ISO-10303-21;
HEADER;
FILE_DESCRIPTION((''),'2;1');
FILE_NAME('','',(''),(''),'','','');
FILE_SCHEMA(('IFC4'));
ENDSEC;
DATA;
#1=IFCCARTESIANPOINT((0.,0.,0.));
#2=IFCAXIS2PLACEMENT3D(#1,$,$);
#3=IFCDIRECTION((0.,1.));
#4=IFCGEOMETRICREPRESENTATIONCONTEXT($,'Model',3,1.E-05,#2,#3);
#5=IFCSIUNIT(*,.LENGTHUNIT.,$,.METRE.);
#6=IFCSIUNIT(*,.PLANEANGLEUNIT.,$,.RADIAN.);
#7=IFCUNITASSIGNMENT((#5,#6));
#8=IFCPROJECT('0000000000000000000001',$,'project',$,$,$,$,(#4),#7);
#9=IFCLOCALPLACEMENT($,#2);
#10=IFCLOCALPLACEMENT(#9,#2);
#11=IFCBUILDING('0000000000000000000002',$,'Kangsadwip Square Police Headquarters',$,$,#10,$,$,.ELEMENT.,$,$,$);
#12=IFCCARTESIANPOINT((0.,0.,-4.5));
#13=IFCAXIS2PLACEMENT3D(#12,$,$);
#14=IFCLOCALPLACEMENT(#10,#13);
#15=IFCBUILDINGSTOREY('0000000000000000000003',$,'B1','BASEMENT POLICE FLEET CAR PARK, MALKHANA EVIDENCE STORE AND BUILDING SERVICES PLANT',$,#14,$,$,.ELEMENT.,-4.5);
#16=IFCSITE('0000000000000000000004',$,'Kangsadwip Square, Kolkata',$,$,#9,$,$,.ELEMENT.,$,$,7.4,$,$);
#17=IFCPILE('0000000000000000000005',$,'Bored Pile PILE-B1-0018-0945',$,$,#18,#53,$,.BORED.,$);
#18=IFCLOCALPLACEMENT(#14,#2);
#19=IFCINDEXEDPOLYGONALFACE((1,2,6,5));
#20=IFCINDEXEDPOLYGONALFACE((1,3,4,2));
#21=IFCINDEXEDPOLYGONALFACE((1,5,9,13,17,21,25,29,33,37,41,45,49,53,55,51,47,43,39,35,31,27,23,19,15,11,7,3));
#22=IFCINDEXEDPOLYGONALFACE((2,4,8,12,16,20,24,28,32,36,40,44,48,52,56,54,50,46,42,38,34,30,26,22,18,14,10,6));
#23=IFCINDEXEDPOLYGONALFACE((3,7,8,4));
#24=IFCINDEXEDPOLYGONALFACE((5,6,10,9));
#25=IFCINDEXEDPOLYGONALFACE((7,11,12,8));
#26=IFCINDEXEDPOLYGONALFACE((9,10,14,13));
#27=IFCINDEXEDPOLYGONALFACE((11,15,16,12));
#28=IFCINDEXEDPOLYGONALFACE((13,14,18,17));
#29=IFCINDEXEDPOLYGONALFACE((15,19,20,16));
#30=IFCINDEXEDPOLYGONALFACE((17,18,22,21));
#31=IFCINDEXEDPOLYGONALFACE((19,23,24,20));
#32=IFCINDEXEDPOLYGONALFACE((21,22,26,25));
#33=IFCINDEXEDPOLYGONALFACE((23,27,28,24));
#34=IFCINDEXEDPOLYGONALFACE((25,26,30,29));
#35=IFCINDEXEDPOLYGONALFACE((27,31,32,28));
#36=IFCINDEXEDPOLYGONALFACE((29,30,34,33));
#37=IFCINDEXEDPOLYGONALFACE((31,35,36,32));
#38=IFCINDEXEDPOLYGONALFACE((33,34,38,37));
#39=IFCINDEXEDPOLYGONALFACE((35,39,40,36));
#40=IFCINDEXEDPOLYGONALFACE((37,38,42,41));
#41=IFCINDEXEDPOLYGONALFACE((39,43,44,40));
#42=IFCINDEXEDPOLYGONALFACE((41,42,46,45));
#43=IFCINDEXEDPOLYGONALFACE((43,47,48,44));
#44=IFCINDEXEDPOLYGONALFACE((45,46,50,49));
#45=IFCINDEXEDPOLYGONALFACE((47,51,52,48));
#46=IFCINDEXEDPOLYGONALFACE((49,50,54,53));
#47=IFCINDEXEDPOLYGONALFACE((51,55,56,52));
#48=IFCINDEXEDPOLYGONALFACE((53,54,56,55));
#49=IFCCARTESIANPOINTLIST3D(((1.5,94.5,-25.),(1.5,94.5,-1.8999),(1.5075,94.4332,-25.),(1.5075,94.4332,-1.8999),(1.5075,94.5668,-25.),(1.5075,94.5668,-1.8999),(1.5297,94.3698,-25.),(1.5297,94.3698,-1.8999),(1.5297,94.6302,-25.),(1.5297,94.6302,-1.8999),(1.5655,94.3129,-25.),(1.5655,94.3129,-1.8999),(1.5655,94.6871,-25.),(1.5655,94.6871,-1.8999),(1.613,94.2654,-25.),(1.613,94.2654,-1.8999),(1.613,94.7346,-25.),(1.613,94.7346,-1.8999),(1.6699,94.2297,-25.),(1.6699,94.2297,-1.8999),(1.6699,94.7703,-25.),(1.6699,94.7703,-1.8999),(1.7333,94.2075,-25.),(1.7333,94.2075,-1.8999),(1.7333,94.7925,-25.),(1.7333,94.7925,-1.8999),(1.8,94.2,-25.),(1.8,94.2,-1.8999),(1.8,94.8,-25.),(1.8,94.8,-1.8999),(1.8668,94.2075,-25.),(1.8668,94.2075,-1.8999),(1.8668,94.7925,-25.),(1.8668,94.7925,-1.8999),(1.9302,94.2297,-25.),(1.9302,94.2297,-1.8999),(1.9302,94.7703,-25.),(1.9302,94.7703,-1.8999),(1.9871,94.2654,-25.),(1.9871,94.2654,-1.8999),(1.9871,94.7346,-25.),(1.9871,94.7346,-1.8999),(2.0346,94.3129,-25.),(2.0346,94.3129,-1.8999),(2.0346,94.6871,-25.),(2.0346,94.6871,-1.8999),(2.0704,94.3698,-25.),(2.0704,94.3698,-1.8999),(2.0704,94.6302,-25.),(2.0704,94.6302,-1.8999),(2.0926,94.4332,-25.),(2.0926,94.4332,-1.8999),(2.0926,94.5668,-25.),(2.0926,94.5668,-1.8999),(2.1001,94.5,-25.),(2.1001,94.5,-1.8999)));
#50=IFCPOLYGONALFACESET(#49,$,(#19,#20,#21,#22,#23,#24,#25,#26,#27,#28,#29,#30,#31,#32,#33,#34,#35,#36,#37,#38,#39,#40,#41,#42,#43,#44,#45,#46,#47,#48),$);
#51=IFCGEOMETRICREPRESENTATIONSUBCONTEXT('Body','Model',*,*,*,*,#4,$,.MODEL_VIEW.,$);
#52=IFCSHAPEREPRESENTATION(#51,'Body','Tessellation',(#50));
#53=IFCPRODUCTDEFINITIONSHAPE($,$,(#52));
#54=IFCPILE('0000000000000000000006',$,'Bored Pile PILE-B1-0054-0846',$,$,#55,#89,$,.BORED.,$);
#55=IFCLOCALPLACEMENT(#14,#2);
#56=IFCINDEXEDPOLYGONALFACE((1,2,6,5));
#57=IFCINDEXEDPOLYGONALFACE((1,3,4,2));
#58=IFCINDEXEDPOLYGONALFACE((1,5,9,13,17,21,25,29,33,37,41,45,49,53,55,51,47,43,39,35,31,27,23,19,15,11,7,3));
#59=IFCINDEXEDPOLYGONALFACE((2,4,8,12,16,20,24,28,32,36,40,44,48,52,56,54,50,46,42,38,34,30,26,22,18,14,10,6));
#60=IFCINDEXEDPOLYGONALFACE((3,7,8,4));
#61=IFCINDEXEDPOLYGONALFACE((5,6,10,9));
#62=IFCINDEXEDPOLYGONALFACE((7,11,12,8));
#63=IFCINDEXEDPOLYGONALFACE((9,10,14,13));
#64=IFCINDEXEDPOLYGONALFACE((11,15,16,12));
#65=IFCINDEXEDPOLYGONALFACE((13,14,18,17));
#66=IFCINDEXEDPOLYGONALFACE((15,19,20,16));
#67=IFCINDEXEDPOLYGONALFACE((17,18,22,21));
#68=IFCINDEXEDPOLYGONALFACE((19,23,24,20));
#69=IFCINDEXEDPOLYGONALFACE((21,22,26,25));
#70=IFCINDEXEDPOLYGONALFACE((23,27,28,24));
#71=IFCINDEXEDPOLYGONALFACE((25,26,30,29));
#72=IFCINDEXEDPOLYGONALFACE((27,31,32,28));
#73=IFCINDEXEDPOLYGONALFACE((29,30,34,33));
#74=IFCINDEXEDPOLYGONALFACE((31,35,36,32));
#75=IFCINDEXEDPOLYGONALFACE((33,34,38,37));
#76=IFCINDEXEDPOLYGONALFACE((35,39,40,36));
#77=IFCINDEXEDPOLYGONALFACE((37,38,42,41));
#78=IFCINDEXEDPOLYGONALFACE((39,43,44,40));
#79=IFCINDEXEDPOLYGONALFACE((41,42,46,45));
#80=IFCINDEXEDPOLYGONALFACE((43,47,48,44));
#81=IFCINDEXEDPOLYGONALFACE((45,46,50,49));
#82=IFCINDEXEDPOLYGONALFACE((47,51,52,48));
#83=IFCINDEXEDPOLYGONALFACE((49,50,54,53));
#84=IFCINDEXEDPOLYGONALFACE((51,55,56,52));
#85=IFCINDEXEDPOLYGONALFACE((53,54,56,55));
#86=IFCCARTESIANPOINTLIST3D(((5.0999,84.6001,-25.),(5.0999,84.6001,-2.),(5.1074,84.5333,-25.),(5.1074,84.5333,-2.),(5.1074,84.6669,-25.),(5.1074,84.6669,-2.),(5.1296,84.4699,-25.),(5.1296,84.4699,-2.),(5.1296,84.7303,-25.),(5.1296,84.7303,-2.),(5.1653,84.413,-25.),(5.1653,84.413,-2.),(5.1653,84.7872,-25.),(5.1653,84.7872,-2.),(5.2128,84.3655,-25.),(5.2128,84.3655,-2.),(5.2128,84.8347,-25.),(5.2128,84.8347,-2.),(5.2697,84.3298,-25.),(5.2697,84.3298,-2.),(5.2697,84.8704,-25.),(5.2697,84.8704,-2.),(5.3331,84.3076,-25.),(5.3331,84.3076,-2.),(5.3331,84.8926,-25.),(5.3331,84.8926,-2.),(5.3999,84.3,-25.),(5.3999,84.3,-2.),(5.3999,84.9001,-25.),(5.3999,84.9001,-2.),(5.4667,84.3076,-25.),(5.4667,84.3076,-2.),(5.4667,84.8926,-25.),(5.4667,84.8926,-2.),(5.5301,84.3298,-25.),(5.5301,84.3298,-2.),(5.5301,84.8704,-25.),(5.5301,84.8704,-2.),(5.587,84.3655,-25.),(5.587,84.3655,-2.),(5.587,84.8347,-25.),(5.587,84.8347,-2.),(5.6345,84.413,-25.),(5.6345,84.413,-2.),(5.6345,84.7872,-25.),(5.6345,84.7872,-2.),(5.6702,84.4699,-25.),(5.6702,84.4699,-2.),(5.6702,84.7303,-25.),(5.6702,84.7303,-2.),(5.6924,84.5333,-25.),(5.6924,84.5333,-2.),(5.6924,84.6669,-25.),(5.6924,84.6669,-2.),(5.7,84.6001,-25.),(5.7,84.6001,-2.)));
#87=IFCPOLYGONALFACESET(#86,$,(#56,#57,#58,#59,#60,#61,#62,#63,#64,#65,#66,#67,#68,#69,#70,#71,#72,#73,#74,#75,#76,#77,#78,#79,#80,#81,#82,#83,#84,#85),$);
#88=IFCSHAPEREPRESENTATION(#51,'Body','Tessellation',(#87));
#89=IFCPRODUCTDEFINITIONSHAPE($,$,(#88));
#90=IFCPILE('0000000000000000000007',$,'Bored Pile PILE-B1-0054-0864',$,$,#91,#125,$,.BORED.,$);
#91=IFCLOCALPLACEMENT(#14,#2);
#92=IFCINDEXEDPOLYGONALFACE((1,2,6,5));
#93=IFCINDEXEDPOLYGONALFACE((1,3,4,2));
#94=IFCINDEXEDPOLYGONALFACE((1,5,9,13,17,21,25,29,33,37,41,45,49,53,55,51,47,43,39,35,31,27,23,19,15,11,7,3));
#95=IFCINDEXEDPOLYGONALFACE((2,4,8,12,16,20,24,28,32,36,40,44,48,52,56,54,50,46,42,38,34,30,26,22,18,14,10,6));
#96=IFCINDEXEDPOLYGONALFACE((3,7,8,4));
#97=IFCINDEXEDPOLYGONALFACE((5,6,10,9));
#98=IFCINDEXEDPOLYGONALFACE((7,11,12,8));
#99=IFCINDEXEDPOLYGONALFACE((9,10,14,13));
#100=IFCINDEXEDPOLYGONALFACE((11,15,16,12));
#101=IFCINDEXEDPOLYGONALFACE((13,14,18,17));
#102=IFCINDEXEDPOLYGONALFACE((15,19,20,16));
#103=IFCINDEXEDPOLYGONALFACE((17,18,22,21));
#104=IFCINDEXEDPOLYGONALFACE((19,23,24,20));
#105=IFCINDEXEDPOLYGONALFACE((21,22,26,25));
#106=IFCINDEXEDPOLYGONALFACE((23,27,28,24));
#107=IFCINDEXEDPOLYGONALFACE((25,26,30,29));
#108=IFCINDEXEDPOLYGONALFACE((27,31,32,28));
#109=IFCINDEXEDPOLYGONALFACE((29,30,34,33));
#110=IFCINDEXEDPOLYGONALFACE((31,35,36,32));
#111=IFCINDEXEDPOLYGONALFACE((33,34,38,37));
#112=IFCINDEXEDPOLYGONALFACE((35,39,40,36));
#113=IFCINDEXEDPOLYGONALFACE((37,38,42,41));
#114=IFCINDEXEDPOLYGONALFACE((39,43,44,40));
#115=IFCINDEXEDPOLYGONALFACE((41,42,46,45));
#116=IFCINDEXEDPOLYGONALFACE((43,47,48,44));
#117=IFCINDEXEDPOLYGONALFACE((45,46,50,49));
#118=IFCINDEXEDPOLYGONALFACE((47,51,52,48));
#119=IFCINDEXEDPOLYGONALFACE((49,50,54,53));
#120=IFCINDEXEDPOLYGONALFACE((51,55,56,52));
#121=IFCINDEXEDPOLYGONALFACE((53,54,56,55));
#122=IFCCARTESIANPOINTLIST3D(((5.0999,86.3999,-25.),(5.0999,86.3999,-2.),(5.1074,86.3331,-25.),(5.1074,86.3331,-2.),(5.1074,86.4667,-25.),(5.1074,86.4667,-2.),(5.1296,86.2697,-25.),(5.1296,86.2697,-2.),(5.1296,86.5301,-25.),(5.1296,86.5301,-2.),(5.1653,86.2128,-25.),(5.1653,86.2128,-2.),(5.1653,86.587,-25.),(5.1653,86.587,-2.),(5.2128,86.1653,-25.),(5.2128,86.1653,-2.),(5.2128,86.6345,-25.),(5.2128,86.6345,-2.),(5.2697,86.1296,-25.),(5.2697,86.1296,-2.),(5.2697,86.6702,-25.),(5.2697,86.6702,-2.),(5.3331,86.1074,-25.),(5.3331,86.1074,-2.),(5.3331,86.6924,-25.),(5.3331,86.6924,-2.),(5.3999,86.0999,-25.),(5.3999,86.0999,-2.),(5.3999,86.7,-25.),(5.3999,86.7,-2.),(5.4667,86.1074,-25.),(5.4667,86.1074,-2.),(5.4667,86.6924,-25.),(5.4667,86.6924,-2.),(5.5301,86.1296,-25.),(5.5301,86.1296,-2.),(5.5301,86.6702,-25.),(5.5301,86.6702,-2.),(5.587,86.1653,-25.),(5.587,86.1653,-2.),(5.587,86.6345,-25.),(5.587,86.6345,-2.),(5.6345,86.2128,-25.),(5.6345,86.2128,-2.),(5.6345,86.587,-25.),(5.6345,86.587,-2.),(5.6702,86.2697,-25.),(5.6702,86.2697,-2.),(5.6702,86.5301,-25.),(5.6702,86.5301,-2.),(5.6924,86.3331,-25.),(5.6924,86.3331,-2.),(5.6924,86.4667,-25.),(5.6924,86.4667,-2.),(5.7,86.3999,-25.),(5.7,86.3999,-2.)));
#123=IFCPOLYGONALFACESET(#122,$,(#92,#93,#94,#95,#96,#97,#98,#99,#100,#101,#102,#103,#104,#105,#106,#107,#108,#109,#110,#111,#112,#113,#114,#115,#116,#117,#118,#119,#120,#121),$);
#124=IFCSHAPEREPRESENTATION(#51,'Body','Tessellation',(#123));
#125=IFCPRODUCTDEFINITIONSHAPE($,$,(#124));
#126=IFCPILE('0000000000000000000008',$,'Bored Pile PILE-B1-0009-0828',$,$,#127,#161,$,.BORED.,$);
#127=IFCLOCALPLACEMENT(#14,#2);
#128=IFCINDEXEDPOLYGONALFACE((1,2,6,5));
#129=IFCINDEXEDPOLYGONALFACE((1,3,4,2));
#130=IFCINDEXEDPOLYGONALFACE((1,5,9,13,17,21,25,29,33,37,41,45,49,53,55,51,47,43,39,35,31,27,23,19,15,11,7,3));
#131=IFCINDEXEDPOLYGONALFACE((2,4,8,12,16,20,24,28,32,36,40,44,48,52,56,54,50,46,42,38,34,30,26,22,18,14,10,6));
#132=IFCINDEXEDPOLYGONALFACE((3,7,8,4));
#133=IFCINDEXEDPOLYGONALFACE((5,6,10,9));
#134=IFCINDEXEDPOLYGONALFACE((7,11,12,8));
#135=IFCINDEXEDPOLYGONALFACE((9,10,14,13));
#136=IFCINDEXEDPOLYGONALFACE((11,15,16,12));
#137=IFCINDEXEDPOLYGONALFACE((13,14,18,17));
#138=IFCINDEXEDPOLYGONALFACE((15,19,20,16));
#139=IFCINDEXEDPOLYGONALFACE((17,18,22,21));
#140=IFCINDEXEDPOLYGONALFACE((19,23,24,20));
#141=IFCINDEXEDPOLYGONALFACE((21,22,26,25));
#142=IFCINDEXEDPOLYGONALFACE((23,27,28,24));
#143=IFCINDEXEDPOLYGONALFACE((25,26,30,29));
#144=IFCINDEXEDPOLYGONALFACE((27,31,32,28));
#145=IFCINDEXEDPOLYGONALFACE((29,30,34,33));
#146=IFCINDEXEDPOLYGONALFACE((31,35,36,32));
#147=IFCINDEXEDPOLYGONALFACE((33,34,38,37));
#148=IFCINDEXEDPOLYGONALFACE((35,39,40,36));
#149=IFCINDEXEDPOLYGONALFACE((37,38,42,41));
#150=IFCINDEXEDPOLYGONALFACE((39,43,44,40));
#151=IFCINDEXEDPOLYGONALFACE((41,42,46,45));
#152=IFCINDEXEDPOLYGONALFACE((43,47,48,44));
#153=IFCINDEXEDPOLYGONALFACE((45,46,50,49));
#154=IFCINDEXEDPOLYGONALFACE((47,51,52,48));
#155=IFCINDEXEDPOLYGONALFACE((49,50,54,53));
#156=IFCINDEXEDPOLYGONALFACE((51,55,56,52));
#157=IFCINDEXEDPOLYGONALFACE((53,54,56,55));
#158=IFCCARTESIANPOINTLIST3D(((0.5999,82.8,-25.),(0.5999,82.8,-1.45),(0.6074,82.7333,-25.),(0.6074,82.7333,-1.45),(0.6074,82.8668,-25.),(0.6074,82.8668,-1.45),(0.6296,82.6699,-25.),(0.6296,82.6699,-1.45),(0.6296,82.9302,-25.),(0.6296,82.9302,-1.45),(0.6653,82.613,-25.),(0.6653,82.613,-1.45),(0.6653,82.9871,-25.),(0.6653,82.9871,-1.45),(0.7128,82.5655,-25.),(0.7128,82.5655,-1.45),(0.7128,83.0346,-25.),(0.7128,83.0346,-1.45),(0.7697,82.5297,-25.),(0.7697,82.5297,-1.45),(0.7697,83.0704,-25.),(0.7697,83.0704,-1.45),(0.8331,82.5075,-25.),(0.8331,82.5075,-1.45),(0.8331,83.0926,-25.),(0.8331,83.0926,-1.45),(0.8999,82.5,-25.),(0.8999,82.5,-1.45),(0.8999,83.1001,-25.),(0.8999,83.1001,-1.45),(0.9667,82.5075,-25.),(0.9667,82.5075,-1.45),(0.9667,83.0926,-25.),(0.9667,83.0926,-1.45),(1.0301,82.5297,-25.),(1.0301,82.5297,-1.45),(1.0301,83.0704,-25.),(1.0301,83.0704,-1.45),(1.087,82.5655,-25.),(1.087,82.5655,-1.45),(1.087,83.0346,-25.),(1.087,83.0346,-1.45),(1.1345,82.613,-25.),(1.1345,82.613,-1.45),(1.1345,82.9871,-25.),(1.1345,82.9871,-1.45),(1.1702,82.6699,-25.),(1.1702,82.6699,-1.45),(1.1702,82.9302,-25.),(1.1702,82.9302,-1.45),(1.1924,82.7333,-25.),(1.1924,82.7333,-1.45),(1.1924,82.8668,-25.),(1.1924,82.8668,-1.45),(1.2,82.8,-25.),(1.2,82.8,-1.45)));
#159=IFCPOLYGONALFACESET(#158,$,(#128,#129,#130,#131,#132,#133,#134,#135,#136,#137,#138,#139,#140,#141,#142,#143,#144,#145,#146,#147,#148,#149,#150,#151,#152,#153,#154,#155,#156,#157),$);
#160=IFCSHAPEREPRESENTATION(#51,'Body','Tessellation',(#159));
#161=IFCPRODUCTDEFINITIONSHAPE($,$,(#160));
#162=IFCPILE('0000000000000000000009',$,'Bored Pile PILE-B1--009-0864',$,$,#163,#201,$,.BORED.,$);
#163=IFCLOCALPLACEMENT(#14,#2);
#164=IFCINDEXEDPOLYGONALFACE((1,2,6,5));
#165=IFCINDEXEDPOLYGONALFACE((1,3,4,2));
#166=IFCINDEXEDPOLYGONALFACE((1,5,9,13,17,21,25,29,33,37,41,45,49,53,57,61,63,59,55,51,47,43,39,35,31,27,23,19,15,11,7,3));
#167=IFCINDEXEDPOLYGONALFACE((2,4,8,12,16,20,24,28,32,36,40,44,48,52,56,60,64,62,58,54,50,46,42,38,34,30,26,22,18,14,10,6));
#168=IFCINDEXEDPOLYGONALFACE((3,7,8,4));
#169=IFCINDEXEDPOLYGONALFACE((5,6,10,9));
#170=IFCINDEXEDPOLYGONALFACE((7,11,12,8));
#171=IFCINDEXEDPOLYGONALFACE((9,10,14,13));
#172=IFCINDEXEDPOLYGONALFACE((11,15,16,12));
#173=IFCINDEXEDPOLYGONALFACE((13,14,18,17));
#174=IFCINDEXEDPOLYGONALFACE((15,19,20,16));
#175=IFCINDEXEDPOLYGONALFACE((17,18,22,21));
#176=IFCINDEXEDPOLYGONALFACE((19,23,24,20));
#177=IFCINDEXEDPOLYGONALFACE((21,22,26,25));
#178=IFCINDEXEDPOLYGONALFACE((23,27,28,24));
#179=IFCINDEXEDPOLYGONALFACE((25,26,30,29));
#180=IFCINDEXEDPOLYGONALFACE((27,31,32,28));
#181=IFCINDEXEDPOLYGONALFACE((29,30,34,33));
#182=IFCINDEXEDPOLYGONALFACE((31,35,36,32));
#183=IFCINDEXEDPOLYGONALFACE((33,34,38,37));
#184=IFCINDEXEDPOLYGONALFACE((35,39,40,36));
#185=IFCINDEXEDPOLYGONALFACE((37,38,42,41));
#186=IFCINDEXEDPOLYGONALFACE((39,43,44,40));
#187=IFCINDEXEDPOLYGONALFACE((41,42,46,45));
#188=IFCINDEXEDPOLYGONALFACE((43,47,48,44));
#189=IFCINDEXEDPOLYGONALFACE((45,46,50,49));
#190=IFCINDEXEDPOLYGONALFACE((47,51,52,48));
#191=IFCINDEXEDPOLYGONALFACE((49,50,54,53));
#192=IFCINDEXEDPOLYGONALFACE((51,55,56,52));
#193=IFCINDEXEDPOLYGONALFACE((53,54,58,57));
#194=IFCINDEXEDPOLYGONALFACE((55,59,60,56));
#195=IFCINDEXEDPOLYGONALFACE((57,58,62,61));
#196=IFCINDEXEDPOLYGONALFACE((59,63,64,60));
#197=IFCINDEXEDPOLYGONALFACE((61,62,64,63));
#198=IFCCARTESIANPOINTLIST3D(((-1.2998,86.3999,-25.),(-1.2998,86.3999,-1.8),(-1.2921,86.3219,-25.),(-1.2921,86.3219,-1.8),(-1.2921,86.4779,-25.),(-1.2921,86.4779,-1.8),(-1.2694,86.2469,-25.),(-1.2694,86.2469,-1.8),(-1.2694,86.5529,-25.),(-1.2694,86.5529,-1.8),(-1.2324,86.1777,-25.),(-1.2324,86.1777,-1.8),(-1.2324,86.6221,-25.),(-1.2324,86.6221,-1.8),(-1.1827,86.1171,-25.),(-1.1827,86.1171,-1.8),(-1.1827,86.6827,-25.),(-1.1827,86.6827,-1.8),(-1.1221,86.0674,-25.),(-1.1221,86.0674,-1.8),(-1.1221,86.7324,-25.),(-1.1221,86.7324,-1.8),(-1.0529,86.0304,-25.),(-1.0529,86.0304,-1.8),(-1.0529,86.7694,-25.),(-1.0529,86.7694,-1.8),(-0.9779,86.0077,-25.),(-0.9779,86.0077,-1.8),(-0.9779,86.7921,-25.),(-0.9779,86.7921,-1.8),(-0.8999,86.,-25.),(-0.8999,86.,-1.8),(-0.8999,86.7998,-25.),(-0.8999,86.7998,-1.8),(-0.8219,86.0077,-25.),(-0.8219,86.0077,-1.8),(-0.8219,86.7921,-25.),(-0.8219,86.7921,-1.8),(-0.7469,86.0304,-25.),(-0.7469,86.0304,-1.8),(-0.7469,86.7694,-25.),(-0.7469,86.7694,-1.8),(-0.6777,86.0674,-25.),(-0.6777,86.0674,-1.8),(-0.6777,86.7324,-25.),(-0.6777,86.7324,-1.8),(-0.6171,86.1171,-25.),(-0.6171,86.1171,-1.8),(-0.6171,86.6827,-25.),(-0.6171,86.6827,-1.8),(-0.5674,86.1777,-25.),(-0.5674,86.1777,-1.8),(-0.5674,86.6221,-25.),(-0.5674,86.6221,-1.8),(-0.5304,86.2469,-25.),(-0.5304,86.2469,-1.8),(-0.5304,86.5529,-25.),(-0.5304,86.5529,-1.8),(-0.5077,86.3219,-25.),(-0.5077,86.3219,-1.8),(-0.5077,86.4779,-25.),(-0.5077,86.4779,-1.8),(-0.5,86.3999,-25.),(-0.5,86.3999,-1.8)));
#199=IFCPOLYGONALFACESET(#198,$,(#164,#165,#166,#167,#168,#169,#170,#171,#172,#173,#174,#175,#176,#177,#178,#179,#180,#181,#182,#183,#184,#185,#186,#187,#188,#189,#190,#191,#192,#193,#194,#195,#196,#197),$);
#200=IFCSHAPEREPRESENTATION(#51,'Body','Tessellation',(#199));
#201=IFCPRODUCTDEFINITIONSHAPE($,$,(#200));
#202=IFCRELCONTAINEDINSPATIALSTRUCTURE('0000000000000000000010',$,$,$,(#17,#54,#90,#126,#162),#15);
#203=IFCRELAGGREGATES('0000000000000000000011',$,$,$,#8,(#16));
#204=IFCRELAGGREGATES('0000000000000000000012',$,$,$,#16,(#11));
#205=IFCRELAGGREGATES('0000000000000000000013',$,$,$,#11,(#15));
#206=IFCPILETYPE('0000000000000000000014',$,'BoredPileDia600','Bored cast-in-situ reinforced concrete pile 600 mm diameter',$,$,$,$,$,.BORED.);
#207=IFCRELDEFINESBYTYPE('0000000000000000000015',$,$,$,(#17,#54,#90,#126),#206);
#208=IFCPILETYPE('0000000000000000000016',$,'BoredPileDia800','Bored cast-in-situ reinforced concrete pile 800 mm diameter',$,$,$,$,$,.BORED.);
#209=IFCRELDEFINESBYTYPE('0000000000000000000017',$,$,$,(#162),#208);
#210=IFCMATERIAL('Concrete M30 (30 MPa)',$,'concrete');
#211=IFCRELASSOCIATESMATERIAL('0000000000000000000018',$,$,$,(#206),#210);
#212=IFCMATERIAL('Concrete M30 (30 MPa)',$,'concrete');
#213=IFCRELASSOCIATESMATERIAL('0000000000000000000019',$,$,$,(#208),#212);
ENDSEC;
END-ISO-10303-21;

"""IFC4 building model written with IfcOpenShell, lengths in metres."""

from ifc_helpers import new_model, si_unit, direction, frame, origin, origin_2d, place, context, subcontext, project, spatial, circle, extrude, material, material_profile, profile_set, type_object, element, save


model = new_model("IFC4")

# Units and contexts
model_context = context("Model", 3, precision=1e-05, world=origin(), true_north=direction((0.0, 1.0)))
body_context = subcontext(model_context, "Body", "Model", "MODEL_VIEW")
ifc_project = project(units=[si_unit("LENGTHUNIT", "METRE"), si_unit("PLANEANGLEUNIT", "RADIAN")], contexts=[model_context])

# Site, building, storey
site_placement = place(None, origin())
site = spatial("IfcSite", under=ifc_project, at=site_placement, Name="Kangsadwip Square, Kolkata", CompositionType="ELEMENT", RefElevation=7.4)
building_placement = place(site_placement, origin())
building = spatial("IfcBuilding", under=site, at=building_placement, Name="Kangsadwip Square Police Headquarters", CompositionType="ELEMENT")
storey_placement = place(building_placement, frame((0.0, 0.0, -4.5)))
storey = spatial("IfcBuildingStorey", under=building, at=storey_placement, Name="B1", Description="BASEMENT POLICE FLEET CAR PARK, MALKHANA EVIDENCE STORE AND BUILDING SERVICES PLANT", CompositionType="ELEMENT", Elevation=-4.5)

# Piles
ifc_material_1 = material(Name="Concrete M30 (30 MPa)", Category="concrete")
ifc_material_profile_1 = material_profile(ifc_material_1, circle(Radius=0.3, at=origin_2d()), Name="PILE DIA 600")
ifc_profile_set_1 = profile_set([ifc_material_profile_1], Name="Concrete M30 (30 MPa)")
pile_type_1 = type_object("IfcPileType", Name="BoredPileDia600", Description="Bored cast-in-situ reinforced concrete pile 600 mm diameter", PredefinedType="BORED", material=ifc_profile_set_1)
for number, where, z_axis, x_axis, name in (
    (1, (1.8, 94.5, -1.8999), (0.0, 0.0, -1.0), (1.0, 0.0, 0.0), "Bored Pile PILE-B1-0018-0945"),
):
    element("IfcPile", number, at=place(storey_placement, frame(where, z_axis=z_axis, x_axis=x_axis)), inside=storey, type_object=pile_type_1, Name=name, PredefinedType="BORED", context=body_context, shape_type="SweptSolid", body=[
        extrude(circle(Radius=0.3, at=origin_2d()), origin(), (0.0, 0.0, 1.0), 23.1001),
    ])
for number, where, z_axis, x_axis, name in (
    (2, (5.3999, 84.6001, -2.0), (0.0, 0.0, -1.0), (1.0, 0.0, 0.0), "Bored Pile PILE-B1-0054-0846"),
    (3, (5.3999, 86.3999, -2.0), (0.0, 0.0, -1.0), (1.0, 0.0, 0.0), "Bored Pile PILE-B1-0054-0864"),
):
    element("IfcPile", number, at=place(storey_placement, frame(where, z_axis=z_axis, x_axis=x_axis)), inside=storey, type_object=pile_type_1, Name=name, PredefinedType="BORED", context=body_context, shape_type="SweptSolid", body=[
        extrude(circle(Radius=0.3, at=origin_2d()), origin(), (0.0, 0.0, 1.0), 23.0),
    ])
pile_placement = place(storey_placement, frame((0.8999, 82.8, -1.45), z_axis=(0.0, 0.0, -1.0), x_axis=(1.0, 0.0, 0.0)))
element("IfcPile", 4, at=pile_placement, inside=storey, type_object=pile_type_1, Name="Bored Pile PILE-B1-0009-0828", PredefinedType="BORED", context=body_context, shape_type="SweptSolid", body=[
    extrude(circle(Radius=0.3, at=origin_2d()), origin(), (0.0, 0.0, 1.0), 23.55),
])
ifc_material_2 = material(Name="Concrete M30 (30 MPa)", Category="concrete")
ifc_material_profile_2 = material_profile(ifc_material_2, circle(Radius=0.3999, at=origin_2d()), Name="PILE DIA 800")
ifc_profile_set_2 = profile_set([ifc_material_profile_2], Name="Concrete M30 (30 MPa)")
pile_type_2 = type_object("IfcPileType", Name="BoredPileDia800", Description="Bored cast-in-situ reinforced concrete pile 800 mm diameter", PredefinedType="BORED", material=ifc_profile_set_2)
for number, where, z_axis, x_axis, name in (
    (5, (-0.8999, 86.3999, -1.8), (0.0, 0.0, -1.0), (1.0, 0.0, 0.0), "Bored Pile PILE-B1--009-0864"),
):
    element("IfcPile", number, at=place(storey_placement, frame(where, z_axis=z_axis, x_axis=x_axis)), inside=storey, type_object=pile_type_2, Name=name, PredefinedType="BORED", context=body_context, shape_type="SweptSolid", body=[
        extrude(circle(Radius=0.3999, at=origin_2d()), origin(), (0.0, 0.0, 1.0), 23.2),
    ])

save(model, "model.ifc")
